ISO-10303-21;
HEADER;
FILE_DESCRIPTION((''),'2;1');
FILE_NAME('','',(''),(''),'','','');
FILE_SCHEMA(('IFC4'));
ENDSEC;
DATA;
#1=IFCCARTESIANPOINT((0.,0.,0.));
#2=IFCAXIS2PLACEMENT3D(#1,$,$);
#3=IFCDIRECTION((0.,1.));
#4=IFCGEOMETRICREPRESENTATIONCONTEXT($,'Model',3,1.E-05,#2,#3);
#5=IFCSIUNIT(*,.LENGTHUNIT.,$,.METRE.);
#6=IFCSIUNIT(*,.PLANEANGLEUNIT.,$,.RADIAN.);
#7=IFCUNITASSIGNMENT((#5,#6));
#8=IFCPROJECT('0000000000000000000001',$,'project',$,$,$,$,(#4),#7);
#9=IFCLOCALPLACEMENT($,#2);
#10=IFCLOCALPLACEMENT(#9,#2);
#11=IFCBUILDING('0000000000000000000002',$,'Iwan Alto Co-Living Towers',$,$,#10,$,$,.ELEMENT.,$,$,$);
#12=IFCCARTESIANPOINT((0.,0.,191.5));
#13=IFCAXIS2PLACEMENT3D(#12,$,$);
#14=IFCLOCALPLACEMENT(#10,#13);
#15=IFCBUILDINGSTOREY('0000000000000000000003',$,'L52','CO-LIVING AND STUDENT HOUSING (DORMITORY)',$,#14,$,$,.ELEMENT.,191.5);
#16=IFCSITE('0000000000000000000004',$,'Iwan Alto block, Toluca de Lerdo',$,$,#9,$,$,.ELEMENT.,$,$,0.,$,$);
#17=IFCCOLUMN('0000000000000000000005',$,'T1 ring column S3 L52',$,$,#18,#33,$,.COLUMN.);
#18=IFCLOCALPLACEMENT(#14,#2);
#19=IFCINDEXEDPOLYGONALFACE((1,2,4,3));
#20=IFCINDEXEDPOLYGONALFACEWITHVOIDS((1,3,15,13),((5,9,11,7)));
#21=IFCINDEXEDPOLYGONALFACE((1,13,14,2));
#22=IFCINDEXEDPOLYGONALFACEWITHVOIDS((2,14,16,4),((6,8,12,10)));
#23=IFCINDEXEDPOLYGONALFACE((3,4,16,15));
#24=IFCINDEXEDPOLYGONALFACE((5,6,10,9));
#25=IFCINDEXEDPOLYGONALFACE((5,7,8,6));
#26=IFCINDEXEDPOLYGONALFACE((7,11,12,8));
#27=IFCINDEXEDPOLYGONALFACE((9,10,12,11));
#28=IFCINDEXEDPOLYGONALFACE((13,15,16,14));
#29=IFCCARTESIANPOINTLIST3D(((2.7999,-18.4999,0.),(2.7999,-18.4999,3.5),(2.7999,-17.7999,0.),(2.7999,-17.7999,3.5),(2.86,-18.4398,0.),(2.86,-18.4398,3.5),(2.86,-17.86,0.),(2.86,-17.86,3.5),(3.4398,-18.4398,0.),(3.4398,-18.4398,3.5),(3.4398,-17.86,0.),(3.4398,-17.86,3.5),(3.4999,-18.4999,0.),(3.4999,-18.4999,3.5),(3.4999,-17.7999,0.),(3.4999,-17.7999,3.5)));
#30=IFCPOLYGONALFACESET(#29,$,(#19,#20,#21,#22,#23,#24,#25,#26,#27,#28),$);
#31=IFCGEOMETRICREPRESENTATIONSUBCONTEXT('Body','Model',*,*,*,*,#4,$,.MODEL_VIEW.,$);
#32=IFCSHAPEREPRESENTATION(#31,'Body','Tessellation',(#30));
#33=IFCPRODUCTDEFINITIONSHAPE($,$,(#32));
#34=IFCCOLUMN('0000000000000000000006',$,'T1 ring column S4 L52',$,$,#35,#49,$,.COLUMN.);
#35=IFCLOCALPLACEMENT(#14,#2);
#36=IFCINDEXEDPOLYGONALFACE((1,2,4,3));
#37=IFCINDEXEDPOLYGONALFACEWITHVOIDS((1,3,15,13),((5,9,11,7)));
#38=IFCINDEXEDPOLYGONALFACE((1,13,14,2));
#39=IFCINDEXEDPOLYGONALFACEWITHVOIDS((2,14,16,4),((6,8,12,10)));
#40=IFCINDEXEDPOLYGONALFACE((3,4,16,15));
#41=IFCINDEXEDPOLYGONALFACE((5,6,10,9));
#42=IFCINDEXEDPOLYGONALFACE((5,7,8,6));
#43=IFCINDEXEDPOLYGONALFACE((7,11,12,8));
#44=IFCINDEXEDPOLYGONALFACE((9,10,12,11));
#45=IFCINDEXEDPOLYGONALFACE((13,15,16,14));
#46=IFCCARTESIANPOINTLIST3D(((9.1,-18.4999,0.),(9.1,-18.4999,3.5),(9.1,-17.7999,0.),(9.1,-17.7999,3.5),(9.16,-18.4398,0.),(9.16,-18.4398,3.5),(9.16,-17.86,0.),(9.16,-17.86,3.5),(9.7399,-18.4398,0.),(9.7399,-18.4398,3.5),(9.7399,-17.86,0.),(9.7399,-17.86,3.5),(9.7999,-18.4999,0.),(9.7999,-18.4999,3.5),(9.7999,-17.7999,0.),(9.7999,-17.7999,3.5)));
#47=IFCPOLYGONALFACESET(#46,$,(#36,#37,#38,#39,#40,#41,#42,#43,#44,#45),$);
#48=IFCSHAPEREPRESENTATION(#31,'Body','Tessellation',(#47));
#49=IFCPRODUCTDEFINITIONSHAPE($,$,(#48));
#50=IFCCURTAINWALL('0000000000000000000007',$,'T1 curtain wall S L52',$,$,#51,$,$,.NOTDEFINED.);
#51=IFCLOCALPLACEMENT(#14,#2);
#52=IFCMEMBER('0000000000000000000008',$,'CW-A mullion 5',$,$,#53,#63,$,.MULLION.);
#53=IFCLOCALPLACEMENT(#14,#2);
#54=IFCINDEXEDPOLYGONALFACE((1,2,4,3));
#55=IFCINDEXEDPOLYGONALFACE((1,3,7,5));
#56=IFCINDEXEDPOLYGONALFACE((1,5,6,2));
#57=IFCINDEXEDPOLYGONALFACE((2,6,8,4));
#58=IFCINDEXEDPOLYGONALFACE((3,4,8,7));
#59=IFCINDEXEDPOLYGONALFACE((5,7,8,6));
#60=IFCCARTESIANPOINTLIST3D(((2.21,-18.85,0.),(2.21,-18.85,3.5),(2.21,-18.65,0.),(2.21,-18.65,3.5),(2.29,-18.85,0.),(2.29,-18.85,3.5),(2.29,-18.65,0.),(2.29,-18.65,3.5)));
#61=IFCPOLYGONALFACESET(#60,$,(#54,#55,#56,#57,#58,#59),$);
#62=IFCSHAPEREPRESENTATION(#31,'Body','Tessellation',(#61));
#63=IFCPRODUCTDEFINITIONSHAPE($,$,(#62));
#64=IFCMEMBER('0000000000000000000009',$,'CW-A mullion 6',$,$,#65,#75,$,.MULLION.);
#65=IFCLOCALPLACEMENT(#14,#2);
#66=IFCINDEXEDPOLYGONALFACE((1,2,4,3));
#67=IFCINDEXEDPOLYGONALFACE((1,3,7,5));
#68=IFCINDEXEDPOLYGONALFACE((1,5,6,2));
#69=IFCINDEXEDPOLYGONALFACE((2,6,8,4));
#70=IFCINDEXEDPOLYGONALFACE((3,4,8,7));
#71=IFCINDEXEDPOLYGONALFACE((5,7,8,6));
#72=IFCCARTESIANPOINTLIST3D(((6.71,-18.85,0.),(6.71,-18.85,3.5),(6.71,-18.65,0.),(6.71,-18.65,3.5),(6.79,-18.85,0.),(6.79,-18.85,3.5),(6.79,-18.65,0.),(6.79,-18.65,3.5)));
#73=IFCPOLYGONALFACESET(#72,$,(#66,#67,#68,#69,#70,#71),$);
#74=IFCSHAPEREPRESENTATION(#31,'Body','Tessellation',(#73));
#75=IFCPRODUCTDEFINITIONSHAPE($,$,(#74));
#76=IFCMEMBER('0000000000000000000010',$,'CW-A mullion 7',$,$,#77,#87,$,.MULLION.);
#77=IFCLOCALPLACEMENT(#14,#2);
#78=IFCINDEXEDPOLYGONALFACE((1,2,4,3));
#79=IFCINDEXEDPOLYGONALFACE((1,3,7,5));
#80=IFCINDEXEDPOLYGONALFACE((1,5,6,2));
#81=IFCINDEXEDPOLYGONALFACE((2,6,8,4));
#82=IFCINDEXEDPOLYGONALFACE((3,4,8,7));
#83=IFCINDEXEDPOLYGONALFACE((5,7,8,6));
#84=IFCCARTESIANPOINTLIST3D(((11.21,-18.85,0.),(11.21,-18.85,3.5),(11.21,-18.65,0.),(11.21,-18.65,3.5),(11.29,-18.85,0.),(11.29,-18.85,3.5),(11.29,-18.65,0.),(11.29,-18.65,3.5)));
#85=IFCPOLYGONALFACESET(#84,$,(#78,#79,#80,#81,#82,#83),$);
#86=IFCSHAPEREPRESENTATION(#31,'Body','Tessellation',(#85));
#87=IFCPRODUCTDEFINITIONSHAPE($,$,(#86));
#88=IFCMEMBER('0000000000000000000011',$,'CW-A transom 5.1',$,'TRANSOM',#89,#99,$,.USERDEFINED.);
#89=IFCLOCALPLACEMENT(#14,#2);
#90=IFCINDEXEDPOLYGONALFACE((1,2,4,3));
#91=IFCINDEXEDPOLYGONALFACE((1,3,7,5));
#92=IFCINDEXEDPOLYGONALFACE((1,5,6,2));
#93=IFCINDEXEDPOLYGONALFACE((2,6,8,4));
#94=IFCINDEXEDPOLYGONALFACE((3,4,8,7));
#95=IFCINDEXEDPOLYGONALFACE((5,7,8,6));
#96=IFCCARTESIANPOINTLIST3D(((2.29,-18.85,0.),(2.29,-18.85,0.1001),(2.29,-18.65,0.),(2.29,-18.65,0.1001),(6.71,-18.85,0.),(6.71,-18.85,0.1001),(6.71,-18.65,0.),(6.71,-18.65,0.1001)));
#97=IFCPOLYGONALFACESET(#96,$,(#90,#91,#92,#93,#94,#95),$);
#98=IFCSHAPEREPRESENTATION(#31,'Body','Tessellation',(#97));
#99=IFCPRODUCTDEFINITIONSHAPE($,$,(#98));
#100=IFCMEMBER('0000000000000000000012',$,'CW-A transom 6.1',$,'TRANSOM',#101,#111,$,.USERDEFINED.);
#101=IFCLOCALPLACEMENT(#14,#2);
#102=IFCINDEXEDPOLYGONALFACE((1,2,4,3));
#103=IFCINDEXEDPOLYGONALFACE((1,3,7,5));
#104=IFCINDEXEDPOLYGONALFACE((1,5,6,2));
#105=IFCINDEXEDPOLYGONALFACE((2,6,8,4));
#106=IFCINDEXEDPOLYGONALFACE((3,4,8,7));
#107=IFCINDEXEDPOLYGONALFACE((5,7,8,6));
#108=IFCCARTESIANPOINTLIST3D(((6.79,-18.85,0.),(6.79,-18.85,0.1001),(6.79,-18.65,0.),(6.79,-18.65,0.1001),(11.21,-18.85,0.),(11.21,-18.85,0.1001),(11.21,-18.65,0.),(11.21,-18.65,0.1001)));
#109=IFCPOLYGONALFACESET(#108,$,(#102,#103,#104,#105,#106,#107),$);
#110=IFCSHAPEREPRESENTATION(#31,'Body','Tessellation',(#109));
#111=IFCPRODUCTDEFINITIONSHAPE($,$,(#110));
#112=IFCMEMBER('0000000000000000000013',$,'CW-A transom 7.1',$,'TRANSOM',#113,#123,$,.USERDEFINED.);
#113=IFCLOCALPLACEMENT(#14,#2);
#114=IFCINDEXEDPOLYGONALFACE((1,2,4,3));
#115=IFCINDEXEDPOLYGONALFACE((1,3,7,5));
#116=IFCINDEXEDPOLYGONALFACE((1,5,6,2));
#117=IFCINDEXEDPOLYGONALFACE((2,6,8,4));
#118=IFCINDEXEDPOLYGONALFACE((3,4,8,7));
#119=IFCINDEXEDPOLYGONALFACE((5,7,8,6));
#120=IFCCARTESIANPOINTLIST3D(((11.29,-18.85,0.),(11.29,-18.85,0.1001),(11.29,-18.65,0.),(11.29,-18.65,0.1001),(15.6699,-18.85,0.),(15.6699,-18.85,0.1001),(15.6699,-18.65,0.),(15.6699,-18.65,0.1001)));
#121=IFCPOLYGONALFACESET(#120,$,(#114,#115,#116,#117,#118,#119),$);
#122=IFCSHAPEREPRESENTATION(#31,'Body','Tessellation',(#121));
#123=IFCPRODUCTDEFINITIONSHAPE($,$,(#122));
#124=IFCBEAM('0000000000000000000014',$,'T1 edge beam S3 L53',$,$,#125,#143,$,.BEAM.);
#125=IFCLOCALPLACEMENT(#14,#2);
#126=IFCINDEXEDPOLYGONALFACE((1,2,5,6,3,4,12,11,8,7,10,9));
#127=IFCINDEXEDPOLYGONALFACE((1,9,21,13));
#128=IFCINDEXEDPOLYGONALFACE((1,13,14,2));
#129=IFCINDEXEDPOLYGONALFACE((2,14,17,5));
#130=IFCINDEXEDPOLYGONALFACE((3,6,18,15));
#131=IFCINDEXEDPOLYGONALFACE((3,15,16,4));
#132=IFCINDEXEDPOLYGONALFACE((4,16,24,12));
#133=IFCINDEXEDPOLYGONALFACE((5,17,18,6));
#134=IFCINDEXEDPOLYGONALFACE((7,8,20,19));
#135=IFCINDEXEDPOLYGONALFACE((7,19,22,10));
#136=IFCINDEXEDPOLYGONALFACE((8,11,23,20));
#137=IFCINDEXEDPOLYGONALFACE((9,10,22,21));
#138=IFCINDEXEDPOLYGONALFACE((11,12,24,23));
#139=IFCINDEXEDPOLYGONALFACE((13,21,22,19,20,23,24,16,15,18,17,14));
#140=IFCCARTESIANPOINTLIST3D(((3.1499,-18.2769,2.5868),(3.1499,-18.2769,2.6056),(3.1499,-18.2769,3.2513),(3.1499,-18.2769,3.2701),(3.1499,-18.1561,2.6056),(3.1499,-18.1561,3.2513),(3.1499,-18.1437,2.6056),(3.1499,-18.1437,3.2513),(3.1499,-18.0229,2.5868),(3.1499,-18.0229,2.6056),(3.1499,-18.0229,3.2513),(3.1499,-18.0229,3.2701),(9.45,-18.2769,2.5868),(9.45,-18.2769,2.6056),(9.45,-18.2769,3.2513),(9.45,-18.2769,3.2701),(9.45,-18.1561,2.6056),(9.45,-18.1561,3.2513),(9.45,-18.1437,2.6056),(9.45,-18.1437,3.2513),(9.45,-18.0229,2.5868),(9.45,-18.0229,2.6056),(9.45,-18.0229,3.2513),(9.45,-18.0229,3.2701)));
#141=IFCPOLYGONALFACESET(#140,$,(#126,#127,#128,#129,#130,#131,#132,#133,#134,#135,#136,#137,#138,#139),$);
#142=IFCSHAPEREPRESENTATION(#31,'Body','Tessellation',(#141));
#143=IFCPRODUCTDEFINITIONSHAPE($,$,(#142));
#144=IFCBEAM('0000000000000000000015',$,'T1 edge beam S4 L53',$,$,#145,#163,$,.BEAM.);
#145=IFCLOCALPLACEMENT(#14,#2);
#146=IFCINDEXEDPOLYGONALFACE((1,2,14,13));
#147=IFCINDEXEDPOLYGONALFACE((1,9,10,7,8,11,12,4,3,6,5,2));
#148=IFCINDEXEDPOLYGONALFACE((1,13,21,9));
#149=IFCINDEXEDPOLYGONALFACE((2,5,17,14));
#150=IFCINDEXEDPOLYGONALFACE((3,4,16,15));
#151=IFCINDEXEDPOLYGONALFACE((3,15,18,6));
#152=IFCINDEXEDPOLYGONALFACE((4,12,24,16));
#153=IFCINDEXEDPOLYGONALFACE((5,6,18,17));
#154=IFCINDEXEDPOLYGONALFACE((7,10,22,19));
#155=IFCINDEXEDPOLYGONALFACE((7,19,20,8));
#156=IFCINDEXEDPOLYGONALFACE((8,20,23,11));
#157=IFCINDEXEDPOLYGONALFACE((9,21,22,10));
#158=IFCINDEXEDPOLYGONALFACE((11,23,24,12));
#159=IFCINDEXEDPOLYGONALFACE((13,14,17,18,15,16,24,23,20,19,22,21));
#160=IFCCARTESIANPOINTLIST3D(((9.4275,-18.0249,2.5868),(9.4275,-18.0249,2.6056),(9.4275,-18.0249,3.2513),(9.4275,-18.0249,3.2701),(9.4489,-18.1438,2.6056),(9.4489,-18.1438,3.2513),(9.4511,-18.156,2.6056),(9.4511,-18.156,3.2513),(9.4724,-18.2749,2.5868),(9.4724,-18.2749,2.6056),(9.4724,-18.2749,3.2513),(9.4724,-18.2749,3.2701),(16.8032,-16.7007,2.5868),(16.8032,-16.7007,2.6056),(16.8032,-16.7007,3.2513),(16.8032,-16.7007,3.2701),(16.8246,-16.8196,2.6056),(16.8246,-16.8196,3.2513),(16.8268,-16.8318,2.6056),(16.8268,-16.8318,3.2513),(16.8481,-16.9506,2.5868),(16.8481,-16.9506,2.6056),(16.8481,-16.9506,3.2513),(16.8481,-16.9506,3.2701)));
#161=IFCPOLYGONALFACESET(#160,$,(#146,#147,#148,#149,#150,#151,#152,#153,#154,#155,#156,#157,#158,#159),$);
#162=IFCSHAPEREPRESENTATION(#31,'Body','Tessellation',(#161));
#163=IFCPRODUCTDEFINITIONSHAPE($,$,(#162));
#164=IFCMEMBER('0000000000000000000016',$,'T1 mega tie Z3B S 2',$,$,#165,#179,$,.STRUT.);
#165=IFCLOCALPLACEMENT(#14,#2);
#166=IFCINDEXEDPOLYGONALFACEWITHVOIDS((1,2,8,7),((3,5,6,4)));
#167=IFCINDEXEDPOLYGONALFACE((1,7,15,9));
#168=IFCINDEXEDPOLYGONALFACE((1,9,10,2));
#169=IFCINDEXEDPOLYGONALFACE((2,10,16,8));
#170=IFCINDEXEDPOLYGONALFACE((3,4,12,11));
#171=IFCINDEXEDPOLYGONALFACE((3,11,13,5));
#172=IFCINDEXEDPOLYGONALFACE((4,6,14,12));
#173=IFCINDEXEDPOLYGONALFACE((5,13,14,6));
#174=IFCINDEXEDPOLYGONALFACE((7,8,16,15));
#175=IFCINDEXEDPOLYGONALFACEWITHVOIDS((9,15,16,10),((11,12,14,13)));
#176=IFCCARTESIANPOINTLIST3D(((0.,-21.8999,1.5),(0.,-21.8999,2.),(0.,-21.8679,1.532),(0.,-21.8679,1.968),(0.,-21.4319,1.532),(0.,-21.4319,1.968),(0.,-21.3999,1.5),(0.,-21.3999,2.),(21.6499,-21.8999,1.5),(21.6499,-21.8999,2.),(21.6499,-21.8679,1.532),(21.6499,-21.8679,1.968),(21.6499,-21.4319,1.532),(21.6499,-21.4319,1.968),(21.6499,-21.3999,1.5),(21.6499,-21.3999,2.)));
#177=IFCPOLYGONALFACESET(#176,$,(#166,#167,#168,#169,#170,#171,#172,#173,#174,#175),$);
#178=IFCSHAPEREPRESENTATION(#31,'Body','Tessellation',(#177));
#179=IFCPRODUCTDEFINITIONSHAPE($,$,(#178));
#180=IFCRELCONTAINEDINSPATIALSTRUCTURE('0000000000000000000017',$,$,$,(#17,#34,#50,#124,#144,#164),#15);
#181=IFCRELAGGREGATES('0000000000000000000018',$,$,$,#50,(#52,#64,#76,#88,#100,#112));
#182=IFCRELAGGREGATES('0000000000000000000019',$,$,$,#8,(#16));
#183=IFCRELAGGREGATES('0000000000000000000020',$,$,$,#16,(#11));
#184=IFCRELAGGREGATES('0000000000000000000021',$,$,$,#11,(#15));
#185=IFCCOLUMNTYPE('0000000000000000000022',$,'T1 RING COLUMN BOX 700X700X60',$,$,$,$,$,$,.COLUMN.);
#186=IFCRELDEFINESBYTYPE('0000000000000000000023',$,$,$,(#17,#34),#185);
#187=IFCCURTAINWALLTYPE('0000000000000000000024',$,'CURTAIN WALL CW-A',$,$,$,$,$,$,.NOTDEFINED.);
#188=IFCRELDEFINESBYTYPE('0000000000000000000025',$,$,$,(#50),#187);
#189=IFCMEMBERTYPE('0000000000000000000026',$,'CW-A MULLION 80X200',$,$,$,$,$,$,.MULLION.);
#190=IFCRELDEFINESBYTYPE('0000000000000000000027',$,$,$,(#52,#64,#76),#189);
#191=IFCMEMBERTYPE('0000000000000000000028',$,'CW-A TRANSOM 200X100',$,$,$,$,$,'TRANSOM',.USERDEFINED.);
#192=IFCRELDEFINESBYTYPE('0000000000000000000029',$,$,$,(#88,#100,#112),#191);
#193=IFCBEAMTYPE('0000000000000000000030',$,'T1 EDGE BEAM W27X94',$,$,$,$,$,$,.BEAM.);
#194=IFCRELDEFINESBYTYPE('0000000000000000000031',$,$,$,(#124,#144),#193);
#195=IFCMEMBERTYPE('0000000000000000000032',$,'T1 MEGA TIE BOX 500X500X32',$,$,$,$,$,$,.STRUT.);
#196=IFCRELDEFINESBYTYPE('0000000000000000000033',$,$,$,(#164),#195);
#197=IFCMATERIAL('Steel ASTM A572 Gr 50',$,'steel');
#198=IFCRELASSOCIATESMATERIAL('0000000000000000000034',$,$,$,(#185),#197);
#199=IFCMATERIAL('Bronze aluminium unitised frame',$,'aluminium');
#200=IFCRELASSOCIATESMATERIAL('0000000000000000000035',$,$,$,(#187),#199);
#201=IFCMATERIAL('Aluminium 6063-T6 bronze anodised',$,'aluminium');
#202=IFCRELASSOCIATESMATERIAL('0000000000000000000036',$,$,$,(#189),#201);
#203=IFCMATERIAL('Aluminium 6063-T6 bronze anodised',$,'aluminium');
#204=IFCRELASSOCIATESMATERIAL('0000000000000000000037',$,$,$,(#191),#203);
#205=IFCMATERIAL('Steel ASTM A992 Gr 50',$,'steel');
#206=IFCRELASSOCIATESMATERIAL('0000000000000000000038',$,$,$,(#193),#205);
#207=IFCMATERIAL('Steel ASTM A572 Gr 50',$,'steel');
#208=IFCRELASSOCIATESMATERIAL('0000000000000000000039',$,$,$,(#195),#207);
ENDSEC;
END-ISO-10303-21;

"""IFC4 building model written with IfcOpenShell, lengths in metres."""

from ifc_helpers import new_model, si_unit, direction, frame, origin, origin_2d, place, context, subcontext, project, spatial, rectangle, hollow_rectangle, i_section, extrude, material, material_profile, profile_set, type_object, element, aggregate, save


model = new_model("IFC4")

# Units and contexts
model_context = context("Model", 3, precision=1e-05, world=origin(), true_north=direction((0.0, 1.0)))
body_context = subcontext(model_context, "Body", "Model", "MODEL_VIEW")
ifc_project = project(units=[si_unit("LENGTHUNIT", "METRE"), si_unit("PLANEANGLEUNIT", "RADIAN")], contexts=[model_context])

# Site, building, storey
site_placement = place(None, origin())
site = spatial("IfcSite", under=ifc_project, at=site_placement, Name="Iwan Alto block, Toluca de Lerdo", CompositionType="ELEMENT", RefElevation=0.0)
building_placement = place(site_placement, origin())
building = spatial("IfcBuilding", under=site, at=building_placement, Name="Iwan Alto Co-Living Towers", CompositionType="ELEMENT")
storey_placement = place(building_placement, frame((0.0, 0.0, 191.5)))
storey = spatial("IfcBuildingStorey", under=building, at=storey_placement, Name="L52", Description="CO-LIVING AND STUDENT HOUSING (DORMITORY)", CompositionType="ELEMENT", Elevation=191.5)

# Columns
ifc_material_1 = material(Name="Steel ASTM A572 Gr 50", Category="steel")
ifc_material_profile_1 = material_profile(ifc_material_1, hollow_rectangle(XDim=0.7, YDim=0.7, WallThickness=0.0601, at=origin_2d()), Name="BOX 700X700X60")
ifc_profile_set_1 = profile_set([ifc_material_profile_1], Name="Steel ASTM A572 Gr 50")
column_type = type_object("IfcColumnType", Name="T1 RING COLUMN BOX 700X700X60", PredefinedType="COLUMN", material=ifc_profile_set_1)
for number, where, z_axis, x_axis, name in (
    (1, (3.1499, -18.1499, 0.0), (0.0, 0.0, 1.0), (1.0, 0.0, 0.0), "T1 ring column S3 L52"),
    (2, (9.45, -18.1499, 0.0), (0.0, 0.0, 1.0), (1.0, 0.0, 0.0), "T1 ring column S4 L52"),
):
    element("IfcColumn", number, at=place(storey_placement, frame(where, z_axis=z_axis, x_axis=x_axis)), inside=storey, type_object=column_type, Name=name, PredefinedType="COLUMN", context=body_context, shape_type="SweptSolid", body=[
        extrude(hollow_rectangle(XDim=0.7, YDim=0.7, WallThickness=0.0601, at=origin_2d()), origin(), (0.0, 0.0, 1.0), 3.5),
    ])

# Curtain wall, members
ifc_material_2 = material(Name="Bronze aluminium unitised frame", Category="aluminium")
curtain_wall_type = type_object("IfcCurtainWallType", Name="CURTAIN WALL CW-A", PredefinedType="NOTDEFINED", material=ifc_material_2)
curtain_wall_placement = place(storey_placement, origin())
curtain_wall = element("IfcCurtainWall", 3, at=curtain_wall_placement, inside=storey, type_object=curtain_wall_type, Name="T1 curtain wall S L52", PredefinedType="NOTDEFINED")
ifc_material_3 = material(Name="Aluminium 6063-T6 bronze anodised", Category="aluminium")
ifc_material_profile_2 = material_profile(ifc_material_3, rectangle(XDim=0.2, YDim=0.0801, at=origin_2d()), Name="AL 80X200")
ifc_profile_set_2 = profile_set([ifc_material_profile_2], Name="Aluminium 6063-T6 bronze anodised")
member_type_1 = type_object("IfcMemberType", Name="CW-A MULLION 80X200", PredefinedType="MULLION", material=ifc_profile_set_2)
member_1_placement = place(storey_placement, frame((2.25, -18.75, 0.0), z_axis=(0.0, 0.0, 1.0), x_axis=(0.0, 1.0, 0.0)))
member_1 = element("IfcMember", 4, at=member_1_placement, type_object=member_type_1, Name="CW-A mullion 5", PredefinedType="MULLION", context=body_context, shape_type="SweptSolid", body=[
    extrude(rectangle(XDim=0.2, YDim=0.0801, at=origin_2d()), origin(), (0.0, 0.0, 1.0), 3.5),
])
member_2_placement = place(storey_placement, frame((6.75, -18.75, 0.0), z_axis=(0.0, 0.0, 1.0), x_axis=(0.0, 1.0, 0.0)))
member_2 = element("IfcMember", 5, at=member_2_placement, type_object=member_type_1, Name="CW-A mullion 6", PredefinedType="MULLION", context=body_context, shape_type="SweptSolid", body=[
    extrude(rectangle(XDim=0.2, YDim=0.0801, at=origin_2d()), origin(), (0.0, 0.0, 1.0), 3.5),
])
member_3_placement = place(storey_placement, frame((11.25, -18.75, 0.0), z_axis=(0.0, 0.0, 1.0), x_axis=(0.0, 1.0, 0.0)))
member_3 = element("IfcMember", 6, at=member_3_placement, type_object=member_type_1, Name="CW-A mullion 7", PredefinedType="MULLION", context=body_context, shape_type="SweptSolid", body=[
    extrude(rectangle(XDim=0.2, YDim=0.0801, at=origin_2d()), origin(), (0.0, 0.0, 1.0), 3.5),
])
ifc_material_4 = material(Name="Aluminium 6063-T6 bronze anodised", Category="aluminium")
ifc_material_profile_3 = material_profile(ifc_material_4, rectangle(XDim=0.2, YDim=0.1001, at=origin_2d()), Name="AL 200X100")
ifc_profile_set_3 = profile_set([ifc_material_profile_3], Name="Aluminium 6063-T6 bronze anodised")
member_type_2 = type_object("IfcMemberType", Name="CW-A TRANSOM 200X100", ElementType="TRANSOM", PredefinedType="USERDEFINED", material=ifc_profile_set_3)
member_4_placement = place(storey_placement, frame((2.29, -18.75, 0.05), z_axis=(1.0, 0.0, 0.0), x_axis=(0.0, 1.0, 0.0)))
member_4 = element("IfcMember", 7, at=member_4_placement, type_object=member_type_2, Name="CW-A transom 5.1", ObjectType="TRANSOM", PredefinedType="USERDEFINED", context=body_context, shape_type="SweptSolid", body=[
    extrude(rectangle(XDim=0.2, YDim=0.1001, at=origin_2d()), origin(), (0.0, 0.0, 1.0), 4.4199),
])
member_5_placement = place(storey_placement, frame((6.79, -18.75, 0.05), z_axis=(1.0, 0.0, 0.0), x_axis=(0.0, 1.0, 0.0)))
member_5 = element("IfcMember", 8, at=member_5_placement, type_object=member_type_2, Name="CW-A transom 6.1", ObjectType="TRANSOM", PredefinedType="USERDEFINED", context=body_context, shape_type="SweptSolid", body=[
    extrude(rectangle(XDim=0.2, YDim=0.1001, at=origin_2d()), origin(), (0.0, 0.0, 1.0), 4.4199),
])
member_6_placement = place(storey_placement, frame((11.29, -18.75, 0.05), z_axis=(1.0, 0.0, 0.0), x_axis=(0.0, 1.0, 0.0)))
member_6 = element("IfcMember", 9, at=member_6_placement, type_object=member_type_2, Name="CW-A transom 7.1", ObjectType="TRANSOM", PredefinedType="USERDEFINED", context=body_context, shape_type="SweptSolid", body=[
    extrude(rectangle(XDim=0.2, YDim=0.1001, at=origin_2d()), origin(), (0.0, 0.0, 1.0), 4.3799),
])

# Beams
ifc_material_5 = material(Name="Steel ASTM A992 Gr 50", Category="steel")
ifc_material_profile_4 = material_profile(ifc_material_5, i_section(OverallWidth=0.2539, OverallDepth=0.6833, WebThickness=0.0125, FlangeThickness=0.0188, at=origin_2d()), Name="W27X94")
ifc_profile_set_4 = profile_set([ifc_material_profile_4], Name="Steel ASTM A992 Gr 50")
beam_type_1 = type_object("IfcBeamType", Name="T1 EDGE BEAM W27X94", PredefinedType="BEAM", material=ifc_profile_set_4)
beam_1_placement = place(storey_placement, frame((3.1499, -18.1499, 2.9285), z_axis=(1.0, 0.0, 0.0), x_axis=(0.0, 1.0, 0.0)))
element("IfcBeam", 10, at=beam_1_placement, inside=storey, type_object=beam_type_1, Name="T1 edge beam S3 L53", PredefinedType="BEAM", context=body_context, shape_type="SweptSolid", body=[
    extrude(i_section(OverallWidth=0.2539, OverallDepth=0.6833, WebThickness=0.0125, FlangeThickness=0.0188, at=origin_2d()), origin(), (0.0, 0.0, 1.0), 6.3),
])
beam_2_placement = place(storey_placement, frame((9.45, -18.1499, 2.9285), z_axis=(0.984263, 0.176712, 0.0), x_axis=(-0.176712, 0.984263, 0.0)))
element("IfcBeam", 11, at=beam_2_placement, inside=storey, type_object=beam_type_1, Name="T1 edge beam S4 L53", PredefinedType="BEAM", context=body_context, shape_type="SweptSolid", body=[
    extrude(i_section(OverallWidth=0.2539, OverallDepth=0.6833, WebThickness=0.0125, FlangeThickness=0.0188, at=origin_2d()), origin(), (0.0, 0.0, 1.0), 7.4937),
])

# Member
ifc_material_6 = material(Name="Steel ASTM A572 Gr 50", Category="steel")
ifc_material_profile_5 = material_profile(ifc_material_6, hollow_rectangle(XDim=0.5, YDim=0.5, WallThickness=0.032, at=origin_2d()), Name="BOX 500X500X32")
ifc_profile_set_5 = profile_set([ifc_material_profile_5], Name="Steel ASTM A572 Gr 50")
member_type_3 = type_object("IfcMemberType", Name="T1 MEGA TIE BOX 500X500X32", PredefinedType="STRUT", material=ifc_profile_set_5)
member_7_placement = place(storey_placement, frame((0.0, -21.6499, 1.75), z_axis=(1.0, 0.0, 0.0), x_axis=(0.0, 1.0, 0.0)))
element("IfcMember", 12, at=member_7_placement, inside=storey, type_object=member_type_3, Name="T1 mega tie Z3B S 2", PredefinedType="STRUT", context=body_context, shape_type="SweptSolid", body=[
    extrude(hollow_rectangle(XDim=0.5, YDim=0.5, WallThickness=0.032, at=origin_2d()), origin(), (0.0, 0.0, 1.0), 21.6499),
])

aggregate(curtain_wall, [member_1, member_2, member_3, member_4, member_5, member_6])

save(model, "model.ifc")
